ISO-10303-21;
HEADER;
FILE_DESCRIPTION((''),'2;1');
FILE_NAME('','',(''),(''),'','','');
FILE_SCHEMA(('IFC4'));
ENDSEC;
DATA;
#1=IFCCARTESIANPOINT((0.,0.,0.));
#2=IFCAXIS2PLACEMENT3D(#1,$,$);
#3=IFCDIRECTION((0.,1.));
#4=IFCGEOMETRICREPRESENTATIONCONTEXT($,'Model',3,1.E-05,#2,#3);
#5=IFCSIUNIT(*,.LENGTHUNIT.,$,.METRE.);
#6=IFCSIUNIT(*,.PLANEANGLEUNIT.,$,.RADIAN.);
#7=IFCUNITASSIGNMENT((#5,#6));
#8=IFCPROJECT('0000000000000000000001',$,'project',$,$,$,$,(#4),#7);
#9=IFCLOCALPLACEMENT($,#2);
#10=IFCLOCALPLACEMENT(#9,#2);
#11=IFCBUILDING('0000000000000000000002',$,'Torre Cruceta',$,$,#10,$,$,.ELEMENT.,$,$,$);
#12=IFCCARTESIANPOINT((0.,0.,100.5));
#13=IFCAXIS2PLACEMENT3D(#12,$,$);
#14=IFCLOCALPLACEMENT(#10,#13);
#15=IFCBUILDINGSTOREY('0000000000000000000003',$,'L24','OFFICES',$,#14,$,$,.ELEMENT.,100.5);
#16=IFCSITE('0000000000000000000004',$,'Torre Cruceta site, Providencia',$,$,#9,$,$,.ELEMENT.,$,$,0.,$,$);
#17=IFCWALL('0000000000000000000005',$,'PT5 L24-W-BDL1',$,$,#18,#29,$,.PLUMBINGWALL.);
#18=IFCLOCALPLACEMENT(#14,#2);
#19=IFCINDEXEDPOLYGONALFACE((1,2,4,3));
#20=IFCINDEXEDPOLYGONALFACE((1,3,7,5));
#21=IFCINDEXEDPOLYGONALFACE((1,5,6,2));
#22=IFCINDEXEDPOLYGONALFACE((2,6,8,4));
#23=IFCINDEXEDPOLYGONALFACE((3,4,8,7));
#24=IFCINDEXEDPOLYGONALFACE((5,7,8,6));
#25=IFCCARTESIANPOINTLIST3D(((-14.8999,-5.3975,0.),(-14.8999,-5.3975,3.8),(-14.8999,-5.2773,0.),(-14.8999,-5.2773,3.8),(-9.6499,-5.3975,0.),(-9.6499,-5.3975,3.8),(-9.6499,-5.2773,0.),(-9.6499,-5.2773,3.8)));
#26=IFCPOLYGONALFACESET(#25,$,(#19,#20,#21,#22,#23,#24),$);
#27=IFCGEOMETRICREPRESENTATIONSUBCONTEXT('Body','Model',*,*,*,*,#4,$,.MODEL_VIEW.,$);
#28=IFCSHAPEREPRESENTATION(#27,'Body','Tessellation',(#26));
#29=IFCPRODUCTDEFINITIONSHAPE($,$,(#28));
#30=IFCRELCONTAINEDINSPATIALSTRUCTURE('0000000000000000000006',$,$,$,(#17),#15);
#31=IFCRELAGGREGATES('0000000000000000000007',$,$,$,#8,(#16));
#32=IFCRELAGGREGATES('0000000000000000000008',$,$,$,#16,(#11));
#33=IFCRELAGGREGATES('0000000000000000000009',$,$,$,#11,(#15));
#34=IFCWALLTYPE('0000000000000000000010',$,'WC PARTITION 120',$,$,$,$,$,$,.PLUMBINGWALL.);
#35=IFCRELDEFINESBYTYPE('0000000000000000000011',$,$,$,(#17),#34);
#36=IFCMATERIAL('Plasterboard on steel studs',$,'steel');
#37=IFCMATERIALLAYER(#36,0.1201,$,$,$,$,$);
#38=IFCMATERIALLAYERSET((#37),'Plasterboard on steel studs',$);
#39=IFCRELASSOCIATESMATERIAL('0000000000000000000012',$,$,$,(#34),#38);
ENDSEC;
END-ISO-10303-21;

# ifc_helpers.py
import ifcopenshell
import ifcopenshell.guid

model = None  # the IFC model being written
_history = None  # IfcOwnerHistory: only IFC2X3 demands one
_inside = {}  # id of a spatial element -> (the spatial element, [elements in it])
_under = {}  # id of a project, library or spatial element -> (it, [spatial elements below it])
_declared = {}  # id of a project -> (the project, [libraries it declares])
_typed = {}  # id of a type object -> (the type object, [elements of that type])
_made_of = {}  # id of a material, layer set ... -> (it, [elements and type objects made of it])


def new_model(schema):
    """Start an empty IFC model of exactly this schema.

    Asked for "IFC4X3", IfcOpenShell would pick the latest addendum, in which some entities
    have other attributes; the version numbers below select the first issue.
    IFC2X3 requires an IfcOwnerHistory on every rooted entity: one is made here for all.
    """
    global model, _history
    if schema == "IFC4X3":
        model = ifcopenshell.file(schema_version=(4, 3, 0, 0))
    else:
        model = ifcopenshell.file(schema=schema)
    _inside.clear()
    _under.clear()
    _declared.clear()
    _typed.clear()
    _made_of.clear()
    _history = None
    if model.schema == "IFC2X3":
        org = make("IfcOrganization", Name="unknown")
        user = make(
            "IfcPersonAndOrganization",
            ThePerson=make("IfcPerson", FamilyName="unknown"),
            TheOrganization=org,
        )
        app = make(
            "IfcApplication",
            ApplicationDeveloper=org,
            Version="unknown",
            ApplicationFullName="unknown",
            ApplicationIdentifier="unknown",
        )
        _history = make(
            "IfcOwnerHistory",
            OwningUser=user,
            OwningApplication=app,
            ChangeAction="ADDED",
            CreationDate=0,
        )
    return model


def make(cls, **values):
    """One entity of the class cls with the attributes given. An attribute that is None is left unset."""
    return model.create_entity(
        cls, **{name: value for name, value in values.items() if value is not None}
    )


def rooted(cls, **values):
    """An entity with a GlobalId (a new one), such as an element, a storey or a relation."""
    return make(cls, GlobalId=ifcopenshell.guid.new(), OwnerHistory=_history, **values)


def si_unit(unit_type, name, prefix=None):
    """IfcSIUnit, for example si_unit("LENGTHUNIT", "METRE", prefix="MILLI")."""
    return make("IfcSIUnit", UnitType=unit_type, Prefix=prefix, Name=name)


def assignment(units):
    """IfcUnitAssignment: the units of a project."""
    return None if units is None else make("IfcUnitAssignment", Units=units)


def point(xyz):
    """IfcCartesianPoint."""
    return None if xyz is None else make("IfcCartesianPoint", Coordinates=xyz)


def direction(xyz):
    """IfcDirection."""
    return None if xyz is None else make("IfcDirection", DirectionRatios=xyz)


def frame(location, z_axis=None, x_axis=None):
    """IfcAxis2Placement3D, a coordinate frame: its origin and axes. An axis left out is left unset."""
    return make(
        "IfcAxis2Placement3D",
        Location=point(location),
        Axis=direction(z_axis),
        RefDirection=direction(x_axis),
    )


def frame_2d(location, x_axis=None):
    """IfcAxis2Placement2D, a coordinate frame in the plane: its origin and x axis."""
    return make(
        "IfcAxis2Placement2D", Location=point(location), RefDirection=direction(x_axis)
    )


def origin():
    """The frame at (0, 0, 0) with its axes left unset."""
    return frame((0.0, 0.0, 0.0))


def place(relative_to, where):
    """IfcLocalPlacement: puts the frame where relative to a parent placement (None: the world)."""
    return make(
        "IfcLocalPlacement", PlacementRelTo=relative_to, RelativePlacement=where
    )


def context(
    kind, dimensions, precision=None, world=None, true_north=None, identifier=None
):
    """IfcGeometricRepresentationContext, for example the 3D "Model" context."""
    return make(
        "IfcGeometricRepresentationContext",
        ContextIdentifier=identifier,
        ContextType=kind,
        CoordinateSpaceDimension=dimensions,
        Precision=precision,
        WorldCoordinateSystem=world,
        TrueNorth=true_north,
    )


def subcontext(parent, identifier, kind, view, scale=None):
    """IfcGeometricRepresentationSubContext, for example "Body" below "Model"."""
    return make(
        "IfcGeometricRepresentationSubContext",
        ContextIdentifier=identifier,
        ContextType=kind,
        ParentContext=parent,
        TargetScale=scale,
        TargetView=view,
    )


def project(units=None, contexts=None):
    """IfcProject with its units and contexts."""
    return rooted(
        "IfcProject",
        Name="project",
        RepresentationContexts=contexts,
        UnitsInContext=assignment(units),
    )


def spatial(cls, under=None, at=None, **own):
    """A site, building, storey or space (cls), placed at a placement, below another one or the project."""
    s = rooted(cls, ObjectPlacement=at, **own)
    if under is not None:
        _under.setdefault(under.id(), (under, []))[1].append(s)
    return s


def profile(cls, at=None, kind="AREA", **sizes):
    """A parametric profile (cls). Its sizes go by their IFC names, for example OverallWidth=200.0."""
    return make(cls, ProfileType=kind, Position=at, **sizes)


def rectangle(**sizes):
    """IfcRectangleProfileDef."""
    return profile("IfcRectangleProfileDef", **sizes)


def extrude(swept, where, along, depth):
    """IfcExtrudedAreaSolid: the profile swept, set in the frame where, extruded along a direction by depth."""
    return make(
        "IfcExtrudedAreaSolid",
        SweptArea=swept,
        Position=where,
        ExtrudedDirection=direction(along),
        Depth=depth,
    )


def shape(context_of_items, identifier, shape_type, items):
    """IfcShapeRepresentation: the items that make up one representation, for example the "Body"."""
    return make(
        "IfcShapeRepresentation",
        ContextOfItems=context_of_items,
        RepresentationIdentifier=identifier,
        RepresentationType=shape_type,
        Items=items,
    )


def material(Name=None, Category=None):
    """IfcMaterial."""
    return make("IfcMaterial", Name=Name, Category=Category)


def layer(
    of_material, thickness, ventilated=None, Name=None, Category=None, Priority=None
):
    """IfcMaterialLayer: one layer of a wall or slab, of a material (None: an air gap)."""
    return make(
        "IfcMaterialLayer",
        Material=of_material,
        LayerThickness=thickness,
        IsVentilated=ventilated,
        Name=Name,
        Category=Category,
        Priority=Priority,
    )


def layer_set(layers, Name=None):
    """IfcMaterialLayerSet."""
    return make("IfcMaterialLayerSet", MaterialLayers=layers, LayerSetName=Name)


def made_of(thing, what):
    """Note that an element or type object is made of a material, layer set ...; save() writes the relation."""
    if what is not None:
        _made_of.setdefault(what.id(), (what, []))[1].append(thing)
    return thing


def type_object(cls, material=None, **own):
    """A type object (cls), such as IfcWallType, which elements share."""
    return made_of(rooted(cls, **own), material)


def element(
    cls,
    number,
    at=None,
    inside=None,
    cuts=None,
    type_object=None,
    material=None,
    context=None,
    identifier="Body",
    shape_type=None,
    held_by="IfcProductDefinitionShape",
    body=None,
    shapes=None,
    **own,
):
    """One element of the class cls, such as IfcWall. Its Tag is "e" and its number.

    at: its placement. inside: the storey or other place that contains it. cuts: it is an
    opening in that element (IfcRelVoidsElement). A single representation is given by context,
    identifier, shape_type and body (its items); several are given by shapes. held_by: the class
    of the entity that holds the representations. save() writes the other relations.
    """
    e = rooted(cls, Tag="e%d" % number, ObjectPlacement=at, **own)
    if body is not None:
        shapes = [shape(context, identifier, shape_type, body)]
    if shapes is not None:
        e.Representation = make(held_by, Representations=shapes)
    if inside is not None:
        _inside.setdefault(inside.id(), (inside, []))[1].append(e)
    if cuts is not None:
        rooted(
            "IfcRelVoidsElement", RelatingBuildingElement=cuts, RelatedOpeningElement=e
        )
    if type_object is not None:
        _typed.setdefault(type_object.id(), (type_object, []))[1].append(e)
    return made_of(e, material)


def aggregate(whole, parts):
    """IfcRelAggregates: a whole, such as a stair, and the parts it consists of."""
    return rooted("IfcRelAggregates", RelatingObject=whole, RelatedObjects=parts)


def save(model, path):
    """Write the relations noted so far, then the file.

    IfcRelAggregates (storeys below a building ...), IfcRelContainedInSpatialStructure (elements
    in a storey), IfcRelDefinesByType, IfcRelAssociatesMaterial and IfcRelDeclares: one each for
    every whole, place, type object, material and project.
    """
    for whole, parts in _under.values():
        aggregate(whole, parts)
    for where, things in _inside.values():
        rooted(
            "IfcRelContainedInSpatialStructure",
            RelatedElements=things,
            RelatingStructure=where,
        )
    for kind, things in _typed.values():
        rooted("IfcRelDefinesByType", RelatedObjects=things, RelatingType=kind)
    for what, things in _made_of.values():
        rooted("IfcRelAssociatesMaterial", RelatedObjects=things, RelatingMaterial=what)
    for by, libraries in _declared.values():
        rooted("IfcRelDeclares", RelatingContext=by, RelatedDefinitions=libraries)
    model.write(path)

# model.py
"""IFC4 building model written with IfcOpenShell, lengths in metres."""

from ifc_helpers import new_model, si_unit, direction, frame, frame_2d, origin, place, context, subcontext, project, spatial, rectangle, extrude, material, layer, layer_set, type_object, element, save


model = new_model("IFC4")

# Units and contexts
model_context = context("Model", 3, precision=1e-05, world=origin(), true_north=direction((0.0, 1.0)))
body_context = subcontext(model_context, "Body", "Model", "MODEL_VIEW")
ifc_project = project(units=[si_unit("LENGTHUNIT", "METRE"), si_unit("PLANEANGLEUNIT", "RADIAN")], contexts=[model_context])

# Site, building, storey
site_placement = place(None, origin())
site = spatial("IfcSite", under=ifc_project, at=site_placement, Name="Torre Cruceta site, Providencia", CompositionType="ELEMENT", RefElevation=0.0)
building_placement = place(site_placement, origin())
building = spatial("IfcBuilding", under=site, at=building_placement, Name="Torre Cruceta", CompositionType="ELEMENT")
storey_placement = place(building_placement, frame((0.0, 0.0, 100.5)))
storey = spatial("IfcBuildingStorey", under=building, at=storey_placement, Name="L24", Description="OFFICES", CompositionType="ELEMENT", Elevation=100.5)

# Wall
ifc_material_1 = material(Name="Plasterboard on steel studs", Category="steel")
ifc_layer_1 = layer(ifc_material_1, 0.1201)
ifc_layer_set_1 = layer_set([ifc_layer_1], Name="Plasterboard on steel studs")
wall_type_1 = type_object("IfcWallType", Name="WC PARTITION 120", PredefinedType="PLUMBINGWALL", material=ifc_layer_set_1)
wall_1_placement = place(storey_placement, frame((-9.6499, -5.3374, 0.0), z_axis=(0.0, 0.0, 1.0), x_axis=(-1.0, 0.0, 0.0)))
element("IfcWall", 1, at=wall_1_placement, inside=storey, type_object=wall_type_1, Name="PT5 L24-W-BDL1", PredefinedType="PLUMBINGWALL", context=body_context, shape_type="SweptSolid", body=[
    extrude(rectangle(XDim=5.25, YDim=0.1201, at=frame_2d((2.625, 0.0))), origin(), (0.0, 0.0, 1.0), 3.8),
])

save(model, "model.ifc")
